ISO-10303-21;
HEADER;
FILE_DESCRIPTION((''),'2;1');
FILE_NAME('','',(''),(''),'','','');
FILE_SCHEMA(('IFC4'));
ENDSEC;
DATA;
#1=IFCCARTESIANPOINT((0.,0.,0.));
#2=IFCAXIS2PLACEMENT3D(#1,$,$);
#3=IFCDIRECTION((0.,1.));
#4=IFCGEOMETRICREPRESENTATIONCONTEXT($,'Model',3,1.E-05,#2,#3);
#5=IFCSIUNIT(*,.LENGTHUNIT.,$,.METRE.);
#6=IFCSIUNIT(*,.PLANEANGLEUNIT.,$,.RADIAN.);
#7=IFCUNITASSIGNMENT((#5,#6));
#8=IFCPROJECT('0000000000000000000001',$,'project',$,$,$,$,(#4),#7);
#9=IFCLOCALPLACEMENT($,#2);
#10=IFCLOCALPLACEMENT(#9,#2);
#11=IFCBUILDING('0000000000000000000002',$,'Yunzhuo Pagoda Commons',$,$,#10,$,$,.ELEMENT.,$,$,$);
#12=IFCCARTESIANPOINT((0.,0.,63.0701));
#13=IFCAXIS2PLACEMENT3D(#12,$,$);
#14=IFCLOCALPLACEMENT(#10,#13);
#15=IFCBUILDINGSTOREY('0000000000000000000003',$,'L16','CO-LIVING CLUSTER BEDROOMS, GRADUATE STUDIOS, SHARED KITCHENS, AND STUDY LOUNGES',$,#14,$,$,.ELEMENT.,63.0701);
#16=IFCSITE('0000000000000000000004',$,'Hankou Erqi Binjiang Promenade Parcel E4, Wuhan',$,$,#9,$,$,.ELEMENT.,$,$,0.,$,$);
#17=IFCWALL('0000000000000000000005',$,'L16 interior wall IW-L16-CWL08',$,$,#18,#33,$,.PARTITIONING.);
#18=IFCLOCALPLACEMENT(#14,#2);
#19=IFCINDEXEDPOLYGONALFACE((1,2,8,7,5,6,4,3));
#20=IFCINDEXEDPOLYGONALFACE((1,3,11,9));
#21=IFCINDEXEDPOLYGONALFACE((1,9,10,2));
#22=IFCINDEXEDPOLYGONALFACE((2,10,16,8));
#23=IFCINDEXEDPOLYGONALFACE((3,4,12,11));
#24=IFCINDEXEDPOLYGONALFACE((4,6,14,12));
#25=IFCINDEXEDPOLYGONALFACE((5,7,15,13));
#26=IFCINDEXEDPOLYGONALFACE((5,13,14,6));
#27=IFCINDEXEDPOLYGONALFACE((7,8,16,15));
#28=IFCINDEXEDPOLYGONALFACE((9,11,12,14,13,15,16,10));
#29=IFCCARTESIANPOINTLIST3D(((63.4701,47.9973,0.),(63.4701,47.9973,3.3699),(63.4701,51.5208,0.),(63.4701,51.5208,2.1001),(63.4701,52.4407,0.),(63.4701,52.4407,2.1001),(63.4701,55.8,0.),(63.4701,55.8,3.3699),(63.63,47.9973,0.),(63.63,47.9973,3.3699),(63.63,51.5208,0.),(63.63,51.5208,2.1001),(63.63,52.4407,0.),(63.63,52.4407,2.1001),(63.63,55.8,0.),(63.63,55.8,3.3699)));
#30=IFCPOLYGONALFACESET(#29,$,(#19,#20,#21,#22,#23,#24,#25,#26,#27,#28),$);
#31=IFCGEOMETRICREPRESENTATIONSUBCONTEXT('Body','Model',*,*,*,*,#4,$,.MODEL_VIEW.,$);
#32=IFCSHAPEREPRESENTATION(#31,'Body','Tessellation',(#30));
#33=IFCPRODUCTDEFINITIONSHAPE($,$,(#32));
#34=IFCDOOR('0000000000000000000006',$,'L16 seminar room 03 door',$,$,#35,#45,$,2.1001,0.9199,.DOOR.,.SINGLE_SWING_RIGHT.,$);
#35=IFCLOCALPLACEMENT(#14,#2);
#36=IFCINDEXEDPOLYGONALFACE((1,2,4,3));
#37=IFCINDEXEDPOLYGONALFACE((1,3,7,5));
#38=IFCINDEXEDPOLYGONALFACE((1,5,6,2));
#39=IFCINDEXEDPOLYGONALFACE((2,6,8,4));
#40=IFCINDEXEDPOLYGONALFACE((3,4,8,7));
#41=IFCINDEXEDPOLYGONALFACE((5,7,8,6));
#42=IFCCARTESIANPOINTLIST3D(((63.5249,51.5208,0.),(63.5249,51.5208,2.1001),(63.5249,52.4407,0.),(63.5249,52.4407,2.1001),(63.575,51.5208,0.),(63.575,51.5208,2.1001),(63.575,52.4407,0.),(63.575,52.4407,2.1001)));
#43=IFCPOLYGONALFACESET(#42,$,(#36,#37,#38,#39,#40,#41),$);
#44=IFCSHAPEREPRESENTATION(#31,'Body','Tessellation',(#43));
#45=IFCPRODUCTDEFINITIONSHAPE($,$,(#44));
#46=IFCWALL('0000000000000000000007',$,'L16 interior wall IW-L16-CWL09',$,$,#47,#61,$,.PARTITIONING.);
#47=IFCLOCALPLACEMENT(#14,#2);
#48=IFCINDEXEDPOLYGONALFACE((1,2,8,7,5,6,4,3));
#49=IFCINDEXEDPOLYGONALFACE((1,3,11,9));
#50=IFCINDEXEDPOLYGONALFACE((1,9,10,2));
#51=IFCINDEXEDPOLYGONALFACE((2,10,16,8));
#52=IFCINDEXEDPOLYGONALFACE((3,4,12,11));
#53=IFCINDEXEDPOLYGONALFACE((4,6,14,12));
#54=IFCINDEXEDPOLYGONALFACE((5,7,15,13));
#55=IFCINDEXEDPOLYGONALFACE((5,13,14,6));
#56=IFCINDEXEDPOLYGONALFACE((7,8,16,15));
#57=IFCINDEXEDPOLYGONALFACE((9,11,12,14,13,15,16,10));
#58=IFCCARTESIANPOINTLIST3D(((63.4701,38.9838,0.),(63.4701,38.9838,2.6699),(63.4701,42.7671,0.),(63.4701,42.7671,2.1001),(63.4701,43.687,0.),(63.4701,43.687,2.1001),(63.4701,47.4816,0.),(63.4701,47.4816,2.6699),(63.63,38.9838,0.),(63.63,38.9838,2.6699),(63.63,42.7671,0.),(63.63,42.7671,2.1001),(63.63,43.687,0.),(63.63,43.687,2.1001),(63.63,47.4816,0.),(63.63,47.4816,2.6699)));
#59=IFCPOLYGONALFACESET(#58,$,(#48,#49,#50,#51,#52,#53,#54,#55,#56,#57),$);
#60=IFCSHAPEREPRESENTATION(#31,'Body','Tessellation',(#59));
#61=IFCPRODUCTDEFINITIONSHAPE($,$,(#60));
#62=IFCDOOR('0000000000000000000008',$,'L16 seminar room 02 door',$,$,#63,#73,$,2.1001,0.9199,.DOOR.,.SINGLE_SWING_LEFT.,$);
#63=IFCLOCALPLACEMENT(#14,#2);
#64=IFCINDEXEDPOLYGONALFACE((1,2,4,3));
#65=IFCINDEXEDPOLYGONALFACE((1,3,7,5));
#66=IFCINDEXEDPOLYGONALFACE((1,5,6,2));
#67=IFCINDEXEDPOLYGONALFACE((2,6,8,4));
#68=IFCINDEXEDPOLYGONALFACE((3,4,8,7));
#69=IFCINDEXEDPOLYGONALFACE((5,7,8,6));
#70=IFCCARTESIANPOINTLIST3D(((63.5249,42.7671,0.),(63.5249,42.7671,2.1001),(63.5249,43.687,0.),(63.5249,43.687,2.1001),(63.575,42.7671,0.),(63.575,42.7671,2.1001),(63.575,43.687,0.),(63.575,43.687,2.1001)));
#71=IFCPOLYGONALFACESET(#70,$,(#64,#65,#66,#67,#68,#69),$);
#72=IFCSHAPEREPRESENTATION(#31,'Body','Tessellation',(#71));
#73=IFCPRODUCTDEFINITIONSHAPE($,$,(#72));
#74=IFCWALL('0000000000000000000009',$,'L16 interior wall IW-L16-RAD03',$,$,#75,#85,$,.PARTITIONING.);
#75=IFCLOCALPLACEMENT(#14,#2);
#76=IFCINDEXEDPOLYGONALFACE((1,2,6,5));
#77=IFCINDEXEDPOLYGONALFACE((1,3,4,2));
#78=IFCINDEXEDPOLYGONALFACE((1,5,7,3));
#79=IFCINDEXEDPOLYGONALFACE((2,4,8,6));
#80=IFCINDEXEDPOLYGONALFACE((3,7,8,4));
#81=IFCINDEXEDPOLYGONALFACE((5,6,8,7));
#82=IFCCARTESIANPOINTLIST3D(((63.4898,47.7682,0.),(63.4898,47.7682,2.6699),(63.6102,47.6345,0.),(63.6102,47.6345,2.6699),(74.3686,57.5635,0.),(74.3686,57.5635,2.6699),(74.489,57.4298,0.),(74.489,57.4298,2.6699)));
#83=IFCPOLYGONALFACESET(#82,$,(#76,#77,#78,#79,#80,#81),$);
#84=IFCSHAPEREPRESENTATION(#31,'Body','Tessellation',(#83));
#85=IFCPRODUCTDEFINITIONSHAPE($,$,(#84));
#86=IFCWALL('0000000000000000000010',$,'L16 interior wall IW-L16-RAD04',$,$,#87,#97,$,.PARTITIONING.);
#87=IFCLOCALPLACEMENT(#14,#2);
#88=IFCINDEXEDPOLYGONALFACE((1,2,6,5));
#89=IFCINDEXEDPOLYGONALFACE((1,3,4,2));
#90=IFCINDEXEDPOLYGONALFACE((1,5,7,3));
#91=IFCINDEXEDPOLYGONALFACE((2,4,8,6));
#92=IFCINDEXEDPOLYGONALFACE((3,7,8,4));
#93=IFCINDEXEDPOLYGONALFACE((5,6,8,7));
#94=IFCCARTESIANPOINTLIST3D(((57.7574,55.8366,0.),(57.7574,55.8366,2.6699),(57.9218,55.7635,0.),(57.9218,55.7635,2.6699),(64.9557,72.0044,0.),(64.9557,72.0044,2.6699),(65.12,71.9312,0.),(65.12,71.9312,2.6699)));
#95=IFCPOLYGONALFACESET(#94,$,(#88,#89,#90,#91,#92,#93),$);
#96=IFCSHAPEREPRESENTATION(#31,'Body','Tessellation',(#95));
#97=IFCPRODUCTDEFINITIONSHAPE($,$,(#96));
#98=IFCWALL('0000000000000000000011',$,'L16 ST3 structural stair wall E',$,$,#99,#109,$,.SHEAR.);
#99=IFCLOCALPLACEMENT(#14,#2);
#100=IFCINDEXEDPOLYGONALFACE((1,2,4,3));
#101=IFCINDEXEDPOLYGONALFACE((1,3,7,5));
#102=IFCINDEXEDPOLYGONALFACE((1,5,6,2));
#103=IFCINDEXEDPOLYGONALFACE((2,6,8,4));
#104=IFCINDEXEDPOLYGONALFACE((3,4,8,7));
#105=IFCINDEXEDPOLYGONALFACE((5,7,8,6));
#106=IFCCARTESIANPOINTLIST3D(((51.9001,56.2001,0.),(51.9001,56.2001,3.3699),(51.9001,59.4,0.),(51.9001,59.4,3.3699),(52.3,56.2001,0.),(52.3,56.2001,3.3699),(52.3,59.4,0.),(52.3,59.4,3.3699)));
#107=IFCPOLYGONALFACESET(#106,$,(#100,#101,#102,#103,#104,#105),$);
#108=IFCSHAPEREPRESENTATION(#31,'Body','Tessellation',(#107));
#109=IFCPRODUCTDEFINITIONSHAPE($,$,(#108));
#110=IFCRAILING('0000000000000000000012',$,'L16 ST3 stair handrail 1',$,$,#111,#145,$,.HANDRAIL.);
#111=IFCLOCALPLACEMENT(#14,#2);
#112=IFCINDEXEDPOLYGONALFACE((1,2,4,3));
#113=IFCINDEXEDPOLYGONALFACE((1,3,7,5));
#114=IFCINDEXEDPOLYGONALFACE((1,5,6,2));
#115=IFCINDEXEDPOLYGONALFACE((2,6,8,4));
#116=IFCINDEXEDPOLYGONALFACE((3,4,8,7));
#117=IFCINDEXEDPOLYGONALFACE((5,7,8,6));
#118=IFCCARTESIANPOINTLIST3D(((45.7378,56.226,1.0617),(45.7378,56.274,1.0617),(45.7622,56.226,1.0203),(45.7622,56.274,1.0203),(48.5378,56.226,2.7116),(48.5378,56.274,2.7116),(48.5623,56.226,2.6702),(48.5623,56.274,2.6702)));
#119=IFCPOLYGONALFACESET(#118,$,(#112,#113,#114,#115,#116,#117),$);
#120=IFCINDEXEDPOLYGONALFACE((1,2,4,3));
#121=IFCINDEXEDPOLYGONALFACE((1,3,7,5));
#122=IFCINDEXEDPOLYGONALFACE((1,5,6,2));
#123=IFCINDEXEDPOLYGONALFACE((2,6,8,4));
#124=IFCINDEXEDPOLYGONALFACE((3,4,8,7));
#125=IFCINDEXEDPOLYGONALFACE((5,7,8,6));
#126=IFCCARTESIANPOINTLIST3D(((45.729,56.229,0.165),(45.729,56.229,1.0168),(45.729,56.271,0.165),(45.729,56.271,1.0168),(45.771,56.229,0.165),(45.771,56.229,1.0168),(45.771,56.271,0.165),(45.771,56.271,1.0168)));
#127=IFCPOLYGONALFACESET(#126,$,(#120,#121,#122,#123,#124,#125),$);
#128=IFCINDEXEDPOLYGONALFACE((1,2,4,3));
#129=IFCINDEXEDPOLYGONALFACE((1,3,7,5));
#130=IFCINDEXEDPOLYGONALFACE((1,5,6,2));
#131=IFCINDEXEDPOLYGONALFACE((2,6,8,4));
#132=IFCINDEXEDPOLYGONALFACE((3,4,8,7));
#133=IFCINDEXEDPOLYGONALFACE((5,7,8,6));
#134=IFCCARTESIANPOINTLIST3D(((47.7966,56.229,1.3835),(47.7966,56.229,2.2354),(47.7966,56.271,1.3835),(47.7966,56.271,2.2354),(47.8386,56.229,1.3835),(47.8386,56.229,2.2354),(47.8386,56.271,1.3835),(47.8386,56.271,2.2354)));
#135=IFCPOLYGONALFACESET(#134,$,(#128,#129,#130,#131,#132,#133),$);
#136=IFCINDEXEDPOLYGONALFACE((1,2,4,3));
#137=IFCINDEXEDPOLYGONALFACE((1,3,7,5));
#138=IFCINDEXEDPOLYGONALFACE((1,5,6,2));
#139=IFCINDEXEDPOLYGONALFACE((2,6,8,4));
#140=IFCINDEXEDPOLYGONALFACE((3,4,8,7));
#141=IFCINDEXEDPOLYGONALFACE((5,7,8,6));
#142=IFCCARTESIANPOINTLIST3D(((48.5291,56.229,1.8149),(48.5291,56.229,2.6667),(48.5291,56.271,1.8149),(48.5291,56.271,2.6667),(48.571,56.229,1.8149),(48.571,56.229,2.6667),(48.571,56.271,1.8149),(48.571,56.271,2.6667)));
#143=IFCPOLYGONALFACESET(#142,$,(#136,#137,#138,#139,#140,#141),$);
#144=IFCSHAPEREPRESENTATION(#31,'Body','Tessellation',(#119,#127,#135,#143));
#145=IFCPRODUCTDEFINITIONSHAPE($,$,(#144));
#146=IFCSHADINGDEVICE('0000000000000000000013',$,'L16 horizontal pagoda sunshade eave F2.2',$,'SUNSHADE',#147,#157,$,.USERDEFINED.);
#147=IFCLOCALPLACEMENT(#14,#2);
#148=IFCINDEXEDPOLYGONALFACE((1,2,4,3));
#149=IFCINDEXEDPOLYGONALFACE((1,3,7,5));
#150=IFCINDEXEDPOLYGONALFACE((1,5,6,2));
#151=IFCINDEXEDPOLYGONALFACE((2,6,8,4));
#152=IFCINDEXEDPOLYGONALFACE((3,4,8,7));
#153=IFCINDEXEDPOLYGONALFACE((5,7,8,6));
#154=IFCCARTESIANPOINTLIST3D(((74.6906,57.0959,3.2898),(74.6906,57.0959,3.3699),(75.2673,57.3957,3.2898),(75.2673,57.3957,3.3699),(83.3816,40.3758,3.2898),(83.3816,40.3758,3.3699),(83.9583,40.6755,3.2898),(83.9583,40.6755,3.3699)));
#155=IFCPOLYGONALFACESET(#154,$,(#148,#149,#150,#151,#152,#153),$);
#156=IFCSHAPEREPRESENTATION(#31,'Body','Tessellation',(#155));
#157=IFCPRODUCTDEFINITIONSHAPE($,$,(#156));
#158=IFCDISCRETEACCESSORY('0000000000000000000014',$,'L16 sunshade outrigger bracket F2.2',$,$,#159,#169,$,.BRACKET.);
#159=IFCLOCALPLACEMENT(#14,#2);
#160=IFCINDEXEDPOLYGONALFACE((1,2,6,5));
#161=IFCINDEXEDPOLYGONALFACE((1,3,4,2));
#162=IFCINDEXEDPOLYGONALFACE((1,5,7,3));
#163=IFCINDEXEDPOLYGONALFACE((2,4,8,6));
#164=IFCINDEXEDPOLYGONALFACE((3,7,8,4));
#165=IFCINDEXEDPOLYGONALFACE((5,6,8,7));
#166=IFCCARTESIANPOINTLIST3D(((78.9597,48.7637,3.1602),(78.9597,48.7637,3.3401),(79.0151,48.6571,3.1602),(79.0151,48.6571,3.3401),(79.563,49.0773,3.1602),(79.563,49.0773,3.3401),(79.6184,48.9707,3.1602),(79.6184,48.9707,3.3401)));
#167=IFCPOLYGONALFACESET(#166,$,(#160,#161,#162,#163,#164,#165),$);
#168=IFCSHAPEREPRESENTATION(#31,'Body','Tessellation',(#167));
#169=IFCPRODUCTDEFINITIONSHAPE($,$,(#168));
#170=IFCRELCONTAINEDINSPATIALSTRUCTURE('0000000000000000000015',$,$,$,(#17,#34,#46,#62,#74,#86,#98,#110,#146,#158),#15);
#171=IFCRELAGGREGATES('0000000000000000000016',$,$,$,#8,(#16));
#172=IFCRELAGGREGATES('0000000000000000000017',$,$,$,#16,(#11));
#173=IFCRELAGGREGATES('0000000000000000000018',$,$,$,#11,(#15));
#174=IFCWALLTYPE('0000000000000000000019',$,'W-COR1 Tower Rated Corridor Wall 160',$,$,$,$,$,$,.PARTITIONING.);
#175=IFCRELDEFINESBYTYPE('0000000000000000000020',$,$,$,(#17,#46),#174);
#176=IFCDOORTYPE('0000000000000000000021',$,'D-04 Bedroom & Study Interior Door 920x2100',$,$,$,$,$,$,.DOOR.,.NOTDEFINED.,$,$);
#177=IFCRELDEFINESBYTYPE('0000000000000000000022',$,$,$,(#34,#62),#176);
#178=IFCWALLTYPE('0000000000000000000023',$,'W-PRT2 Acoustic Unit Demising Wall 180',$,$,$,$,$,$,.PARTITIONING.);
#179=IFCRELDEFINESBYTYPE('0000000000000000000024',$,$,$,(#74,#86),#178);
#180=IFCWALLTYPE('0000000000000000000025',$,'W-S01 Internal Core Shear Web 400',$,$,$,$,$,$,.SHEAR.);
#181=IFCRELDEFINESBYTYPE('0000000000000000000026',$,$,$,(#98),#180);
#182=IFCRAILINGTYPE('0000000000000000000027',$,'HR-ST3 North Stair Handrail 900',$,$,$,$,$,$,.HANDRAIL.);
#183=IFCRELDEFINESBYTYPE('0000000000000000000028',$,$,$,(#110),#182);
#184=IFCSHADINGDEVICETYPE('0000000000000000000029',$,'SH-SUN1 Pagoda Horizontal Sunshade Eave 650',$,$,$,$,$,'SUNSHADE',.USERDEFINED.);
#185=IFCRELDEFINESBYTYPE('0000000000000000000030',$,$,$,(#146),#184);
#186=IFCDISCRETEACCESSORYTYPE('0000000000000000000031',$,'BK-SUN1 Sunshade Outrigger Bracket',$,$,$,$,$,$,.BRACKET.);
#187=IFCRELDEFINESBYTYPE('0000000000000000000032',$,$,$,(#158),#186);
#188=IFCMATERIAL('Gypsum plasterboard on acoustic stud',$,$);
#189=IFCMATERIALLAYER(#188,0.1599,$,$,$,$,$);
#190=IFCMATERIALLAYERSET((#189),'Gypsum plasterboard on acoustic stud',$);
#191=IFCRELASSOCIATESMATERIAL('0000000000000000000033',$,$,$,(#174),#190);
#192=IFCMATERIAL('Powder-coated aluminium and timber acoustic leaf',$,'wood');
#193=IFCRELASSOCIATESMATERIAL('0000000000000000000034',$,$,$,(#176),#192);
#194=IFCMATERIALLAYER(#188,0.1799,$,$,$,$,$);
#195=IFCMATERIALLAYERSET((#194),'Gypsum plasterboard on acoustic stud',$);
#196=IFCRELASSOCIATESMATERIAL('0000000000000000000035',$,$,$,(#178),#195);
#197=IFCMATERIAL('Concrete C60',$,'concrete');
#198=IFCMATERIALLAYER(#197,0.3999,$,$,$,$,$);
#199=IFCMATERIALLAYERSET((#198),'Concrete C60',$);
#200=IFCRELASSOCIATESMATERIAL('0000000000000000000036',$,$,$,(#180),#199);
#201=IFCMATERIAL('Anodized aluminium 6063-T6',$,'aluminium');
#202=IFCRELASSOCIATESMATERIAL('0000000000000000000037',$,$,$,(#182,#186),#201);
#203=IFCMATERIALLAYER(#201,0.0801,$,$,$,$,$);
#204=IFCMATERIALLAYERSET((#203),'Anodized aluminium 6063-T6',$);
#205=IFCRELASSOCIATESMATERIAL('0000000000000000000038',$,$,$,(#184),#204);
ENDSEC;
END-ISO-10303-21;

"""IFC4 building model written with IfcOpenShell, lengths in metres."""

from ifc_helpers import new_model, si_unit, direction, frame, frame_2d, origin, origin_with_axes, origin_2d, place, context, subcontext, project, spatial, rectangle, extrude, source, transform, mapped, material, layer, layer_set, type_object, element, fill, save


model = new_model("IFC4")

# Units and contexts
model_context = context("Model", 3, precision=1e-05, world=origin(), true_north=direction((0.0, 1.0)))
body_context = subcontext(model_context, "Body", "Model", "MODEL_VIEW")
ifc_project = project(units=[si_unit("LENGTHUNIT", "METRE"), si_unit("PLANEANGLEUNIT", "RADIAN")], contexts=[model_context])

# Site, building, storey
site_placement = place(None, origin())
site = spatial("IfcSite", under=ifc_project, at=site_placement, Name="Hankou Erqi Binjiang Promenade Parcel E4, Wuhan", CompositionType="ELEMENT", RefElevation=0.0)
building_placement = place(site_placement, origin())
building = spatial("IfcBuilding", under=site, at=building_placement, Name="Yunzhuo Pagoda Commons", CompositionType="ELEMENT")
storey_placement = place(building_placement, frame((0.0, 0.0, 63.0701)))
storey = spatial("IfcBuildingStorey", under=building, at=storey_placement, Name="L16", Description="CO-LIVING CLUSTER BEDROOMS, GRADUATE STUDIOS, SHARED KITCHENS, AND STUDY LOUNGES", CompositionType="ELEMENT", Elevation=63.0701)

# Shared definitions
ifc_material_1 = material(Name="Anodized aluminium 6063-T6", Category="aluminium")

# Shared definitions
ifc_material_2 = material(Name="Gypsum plasterboard on acoustic stud")
ifc_layer_1 = layer(ifc_material_2, 0.1599)
ifc_layer_set_1 = layer_set([ifc_layer_1], Name="Gypsum plasterboard on acoustic stud")
wall_type_1 = type_object("IfcWallType", Name="W-COR1 Tower Rated Corridor Wall 160", PredefinedType="PARTITIONING", material=ifc_layer_set_1)

# Walls, openings, doors
wall_1_placement = place(storey_placement, frame((63.55, 55.8, 0.0), z_axis=(0.0, 0.0, 1.0), x_axis=(0.0, -1.0, 0.0)))
wall_1 = element("IfcWall", 1, at=wall_1_placement, inside=storey, type_object=wall_type_1, Name="L16 interior wall IW-L16-CWL08", PredefinedType="PARTITIONING", context=body_context, shape_type="SweptSolid", body=[
    extrude(rectangle(XDim=7.8027, YDim=0.1599, at=frame_2d((3.9014, 0.0))), origin(), (0.0, 0.0, 1.0), 3.3699),
])
opening_1_placement = place(wall_1_placement, frame((3.3594, 0.0, 0.0)))
opening_1 = element("IfcOpeningElement", 2, at=opening_1_placement, cuts=wall_1, PredefinedType="OPENING", context=body_context, shape_type="SweptSolid", body=[
    extrude(rectangle(XDim=0.9199, YDim=2.1001, at=frame_2d((0.46, 1.05))), frame((0.0, 0.0898, 0.0), z_axis=(0.0, -1.0, 0.0), x_axis=(1.0, 0.0, 0.0)), (0.0, 0.0, 1.0), 0.1799),
])
ifc_material_3 = material(Name="Powder-coated aluminium and timber acoustic leaf", Category="wood")
door_type = type_object("IfcDoorType", Name="D-04 Bedroom & Study Interior Door 920x2100", OperationType="NOTDEFINED", PredefinedType="DOOR", material=ifc_material_3)
shared_shape_1 = source(origin(), body_context, "Body", "SweptSolid", [
    extrude(rectangle(XDim=0.9199, YDim=2.1001, at=frame_2d((0.46, 1.05))), frame((0.0, 0.0249, 0.0), z_axis=(0.0, -1.0, 0.0), x_axis=(1.0, 0.0, 0.0)), (0.0, 0.0, 1.0), 0.05),
])
door_1_placement = place(opening_1_placement, origin_with_axes())
door_1 = element("IfcDoor", 3, at=door_1_placement, inside=storey, type_object=door_type, Name="L16 seminar room 03 door", OperationType="SINGLE_SWING_RIGHT", OverallHeight=2.1001, OverallWidth=0.9199, PredefinedType="DOOR", context=body_context, shape_type="MappedRepresentation", body=[
    mapped(shared_shape_1, transform((0.0, 0.0, 0.0), scale=1.0)),
])
fill(opening_1, door_1)
wall_2_placement = place(storey_placement, frame((63.55, 47.4817, 0.0), z_axis=(0.0, 0.0, 1.0), x_axis=(0.0, -1.0, 0.0)))
wall_2 = element("IfcWall", 4, at=wall_2_placement, inside=storey, type_object=wall_type_1, Name="L16 interior wall IW-L16-CWL09", PredefinedType="PARTITIONING", context=body_context, shape_type="SweptSolid", body=[
    extrude(rectangle(XDim=8.4978, YDim=0.1599, at=frame_2d((4.249, 0.0))), origin(), (0.0, 0.0, 1.0), 2.6699),
])
opening_2_placement = place(wall_2_placement, frame((3.7947, 0.0, 0.0)))
opening_2 = element("IfcOpeningElement", 5, at=opening_2_placement, cuts=wall_2, PredefinedType="OPENING", context=body_context, shape_type="SweptSolid", body=[
    extrude(rectangle(XDim=0.9199, YDim=2.1001, at=frame_2d((0.46, 1.05))), frame((0.0, 0.0898, 0.0), z_axis=(0.0, -1.0, 0.0), x_axis=(1.0, 0.0, 0.0)), (0.0, 0.0, 1.0), 0.1799),
])
door_2_placement = place(opening_2_placement, origin_with_axes())
door_2 = element("IfcDoor", 6, at=door_2_placement, inside=storey, type_object=door_type, Name="L16 seminar room 02 door", OperationType="SINGLE_SWING_LEFT", OverallHeight=2.1001, OverallWidth=0.9199, PredefinedType="DOOR", context=body_context, shape_type="MappedRepresentation", body=[
    mapped(shared_shape_1, transform((0.0, 0.0, 0.0), scale=1.0)),
])
fill(opening_2, door_2)

# Walls
ifc_layer_2 = layer(ifc_material_2, 0.1799)
ifc_layer_set_2 = layer_set([ifc_layer_2], Name="Gypsum plasterboard on acoustic stud")
wall_type_2 = type_object("IfcWallType", Name="W-PRT2 Acoustic Unit Demising Wall 180", PredefinedType="PARTITIONING", material=ifc_layer_set_2)
wall_3_placement = place(storey_placement, frame((63.55, 47.7014, 0.0), z_axis=(0.0, 0.0, 1.0), x_axis=(0.743145, 0.669131, 0.0)))
element("IfcWall", 7, at=wall_3_placement, inside=storey, type_object=wall_type_2, Name="L16 interior wall IW-L16-RAD03", PredefinedType="PARTITIONING", context=body_context, shape_type="SweptSolid", body=[
    extrude(rectangle(XDim=14.6389, YDim=0.1799, at=frame_2d((7.3193, 0.0))), origin(), (0.0, 0.0, 1.0), 2.6699),
])
wall_4_placement = place(storey_placement, frame((57.8396, 55.8, 0.0), z_axis=(0.0, 0.0, 1.0), x_axis=(0.406732, 0.913547, 0.0)))
element("IfcWall", 8, at=wall_4_placement, inside=storey, type_object=wall_type_2, Name="L16 interior wall IW-L16-RAD04", PredefinedType="PARTITIONING", context=body_context, shape_type="SweptSolid", body=[
    extrude(rectangle(XDim=17.6978, YDim=0.1799, at=frame_2d((8.8489, 0.0))), origin(), (0.0, 0.0, 1.0), 2.6699),
])
ifc_material_4 = material(Name="Concrete C60", Category="concrete")
ifc_layer_3 = layer(ifc_material_4, 0.3999)
ifc_layer_set_3 = layer_set([ifc_layer_3], Name="Concrete C60")
wall_type_3 = type_object("IfcWallType", Name="W-S01 Internal Core Shear Web 400", PredefinedType="SHEAR", material=ifc_layer_set_3)
wall_5_placement = place(storey_placement, frame((52.1001, 56.2, 0.0), z_axis=(0.0, 0.0, 1.0), x_axis=(0.0, 1.0, 0.0)))
element("IfcWall", 9, at=wall_5_placement, inside=storey, type_object=wall_type_3, Name="L16 ST3 structural stair wall E", PredefinedType="SHEAR", context=body_context, shape_type="SweptSolid", body=[
    extrude(rectangle(XDim=3.2, YDim=0.3999, at=frame_2d((1.6001, 0.0))), origin(), (0.0, 0.0, 1.0), 3.3699),
])

# Railing
railing_type = type_object("IfcRailingType", Name="HR-ST3 North Stair Handrail 900", PredefinedType="HANDRAIL", material=ifc_material_1)
railing_placement = place(storey_placement, frame((45.75, 56.25, 0.165)))
element("IfcRailing", 10, at=railing_placement, inside=storey, type_object=railing_type, Name="L16 ST3 stair handrail 1", PredefinedType="HANDRAIL", context=body_context, shape_type="SweptSolid", body=[
    extrude(rectangle(XDim=0.0481, YDim=0.0481, at=origin_2d()), frame((0.0, 0.0, 0.876), z_axis=(0.861555, 0.0, 0.507663), x_axis=(0.0, 1.0, 0.0)), (0.0, 0.0, 1.0), 3.25),
    extrude(rectangle(XDim=0.042, YDim=0.042, at=origin_2d()), origin(), (0.0, 0.0, 1.0), 0.8518),
    extrude(rectangle(XDim=0.042, YDim=0.042, at=origin_2d()), frame((2.0676, 0.0, 1.2185)), (0.0, 0.0, 1.0), 0.8518),
    extrude(rectangle(XDim=0.042, YDim=0.042, at=origin_2d()), frame((2.8, 0.0, 1.6499)), (0.0, 0.0, 1.0), 0.8518),
])

# Shading device
ifc_layer_4 = layer(ifc_material_1, 0.0801)
ifc_layer_set_4 = layer_set([ifc_layer_4], Name="Anodized aluminium 6063-T6")
shading_device_type = type_object("IfcShadingDeviceType", Name="SH-SUN1 Pagoda Horizontal Sunshade Eave 650", ElementType="SUNSHADE", PredefinedType="USERDEFINED", material=ifc_layer_set_4)
shared_shape_2 = source(origin(), body_context, "Body", "SweptSolid", [
    extrude(rectangle(XDim=18.844, YDim=0.6499, at=origin_2d()), origin(), (0.0, 0.0, 1.0), 0.0801),
])
shading_device_placement = place(storey_placement, frame((79.3245, 48.8857, 3.2898), z_axis=(0.0, 0.0, 1.0), x_axis=(-0.461207, 0.887293, 0.0)))
element("IfcShadingDevice", 11, at=shading_device_placement, inside=storey, type_object=shading_device_type, Name="L16 horizontal pagoda sunshade eave F2.2", ObjectType="SUNSHADE", PredefinedType="USERDEFINED", context=body_context, shape_type="MappedRepresentation", body=[
    mapped(shared_shape_2, transform((0.0, 0.0, 0.0), scale=1.0)),
])

# Discrete accessory
discrete_accessory_type = type_object("IfcDiscreteAccessoryType", Name="BK-SUN1 Sunshade Outrigger Bracket", PredefinedType="BRACKET", material=ifc_material_1)
shared_shape_3 = source(origin(), body_context, "Body", "SweptSolid", [
    extrude(rectangle(XDim=0.1201, YDim=0.6799, at=origin_2d()), origin(), (0.0, 0.0, 1.0), 0.1799),
])
discrete_accessory_placement = place(storey_placement, frame((79.2891, 48.8672, 3.1602), z_axis=(0.0, 0.0, 1.0), x_axis=(-0.461207, 0.887293, 0.0)))
element("IfcDiscreteAccessory", 12, at=discrete_accessory_placement, inside=storey, type_object=discrete_accessory_type, Name="L16 sunshade outrigger bracket F2.2", PredefinedType="BRACKET", context=body_context, shape_type="MappedRepresentation", body=[
    mapped(shared_shape_3, transform((0.0, 0.0, 0.0), scale=1.0)),
])

save(model, "model.ifc")
